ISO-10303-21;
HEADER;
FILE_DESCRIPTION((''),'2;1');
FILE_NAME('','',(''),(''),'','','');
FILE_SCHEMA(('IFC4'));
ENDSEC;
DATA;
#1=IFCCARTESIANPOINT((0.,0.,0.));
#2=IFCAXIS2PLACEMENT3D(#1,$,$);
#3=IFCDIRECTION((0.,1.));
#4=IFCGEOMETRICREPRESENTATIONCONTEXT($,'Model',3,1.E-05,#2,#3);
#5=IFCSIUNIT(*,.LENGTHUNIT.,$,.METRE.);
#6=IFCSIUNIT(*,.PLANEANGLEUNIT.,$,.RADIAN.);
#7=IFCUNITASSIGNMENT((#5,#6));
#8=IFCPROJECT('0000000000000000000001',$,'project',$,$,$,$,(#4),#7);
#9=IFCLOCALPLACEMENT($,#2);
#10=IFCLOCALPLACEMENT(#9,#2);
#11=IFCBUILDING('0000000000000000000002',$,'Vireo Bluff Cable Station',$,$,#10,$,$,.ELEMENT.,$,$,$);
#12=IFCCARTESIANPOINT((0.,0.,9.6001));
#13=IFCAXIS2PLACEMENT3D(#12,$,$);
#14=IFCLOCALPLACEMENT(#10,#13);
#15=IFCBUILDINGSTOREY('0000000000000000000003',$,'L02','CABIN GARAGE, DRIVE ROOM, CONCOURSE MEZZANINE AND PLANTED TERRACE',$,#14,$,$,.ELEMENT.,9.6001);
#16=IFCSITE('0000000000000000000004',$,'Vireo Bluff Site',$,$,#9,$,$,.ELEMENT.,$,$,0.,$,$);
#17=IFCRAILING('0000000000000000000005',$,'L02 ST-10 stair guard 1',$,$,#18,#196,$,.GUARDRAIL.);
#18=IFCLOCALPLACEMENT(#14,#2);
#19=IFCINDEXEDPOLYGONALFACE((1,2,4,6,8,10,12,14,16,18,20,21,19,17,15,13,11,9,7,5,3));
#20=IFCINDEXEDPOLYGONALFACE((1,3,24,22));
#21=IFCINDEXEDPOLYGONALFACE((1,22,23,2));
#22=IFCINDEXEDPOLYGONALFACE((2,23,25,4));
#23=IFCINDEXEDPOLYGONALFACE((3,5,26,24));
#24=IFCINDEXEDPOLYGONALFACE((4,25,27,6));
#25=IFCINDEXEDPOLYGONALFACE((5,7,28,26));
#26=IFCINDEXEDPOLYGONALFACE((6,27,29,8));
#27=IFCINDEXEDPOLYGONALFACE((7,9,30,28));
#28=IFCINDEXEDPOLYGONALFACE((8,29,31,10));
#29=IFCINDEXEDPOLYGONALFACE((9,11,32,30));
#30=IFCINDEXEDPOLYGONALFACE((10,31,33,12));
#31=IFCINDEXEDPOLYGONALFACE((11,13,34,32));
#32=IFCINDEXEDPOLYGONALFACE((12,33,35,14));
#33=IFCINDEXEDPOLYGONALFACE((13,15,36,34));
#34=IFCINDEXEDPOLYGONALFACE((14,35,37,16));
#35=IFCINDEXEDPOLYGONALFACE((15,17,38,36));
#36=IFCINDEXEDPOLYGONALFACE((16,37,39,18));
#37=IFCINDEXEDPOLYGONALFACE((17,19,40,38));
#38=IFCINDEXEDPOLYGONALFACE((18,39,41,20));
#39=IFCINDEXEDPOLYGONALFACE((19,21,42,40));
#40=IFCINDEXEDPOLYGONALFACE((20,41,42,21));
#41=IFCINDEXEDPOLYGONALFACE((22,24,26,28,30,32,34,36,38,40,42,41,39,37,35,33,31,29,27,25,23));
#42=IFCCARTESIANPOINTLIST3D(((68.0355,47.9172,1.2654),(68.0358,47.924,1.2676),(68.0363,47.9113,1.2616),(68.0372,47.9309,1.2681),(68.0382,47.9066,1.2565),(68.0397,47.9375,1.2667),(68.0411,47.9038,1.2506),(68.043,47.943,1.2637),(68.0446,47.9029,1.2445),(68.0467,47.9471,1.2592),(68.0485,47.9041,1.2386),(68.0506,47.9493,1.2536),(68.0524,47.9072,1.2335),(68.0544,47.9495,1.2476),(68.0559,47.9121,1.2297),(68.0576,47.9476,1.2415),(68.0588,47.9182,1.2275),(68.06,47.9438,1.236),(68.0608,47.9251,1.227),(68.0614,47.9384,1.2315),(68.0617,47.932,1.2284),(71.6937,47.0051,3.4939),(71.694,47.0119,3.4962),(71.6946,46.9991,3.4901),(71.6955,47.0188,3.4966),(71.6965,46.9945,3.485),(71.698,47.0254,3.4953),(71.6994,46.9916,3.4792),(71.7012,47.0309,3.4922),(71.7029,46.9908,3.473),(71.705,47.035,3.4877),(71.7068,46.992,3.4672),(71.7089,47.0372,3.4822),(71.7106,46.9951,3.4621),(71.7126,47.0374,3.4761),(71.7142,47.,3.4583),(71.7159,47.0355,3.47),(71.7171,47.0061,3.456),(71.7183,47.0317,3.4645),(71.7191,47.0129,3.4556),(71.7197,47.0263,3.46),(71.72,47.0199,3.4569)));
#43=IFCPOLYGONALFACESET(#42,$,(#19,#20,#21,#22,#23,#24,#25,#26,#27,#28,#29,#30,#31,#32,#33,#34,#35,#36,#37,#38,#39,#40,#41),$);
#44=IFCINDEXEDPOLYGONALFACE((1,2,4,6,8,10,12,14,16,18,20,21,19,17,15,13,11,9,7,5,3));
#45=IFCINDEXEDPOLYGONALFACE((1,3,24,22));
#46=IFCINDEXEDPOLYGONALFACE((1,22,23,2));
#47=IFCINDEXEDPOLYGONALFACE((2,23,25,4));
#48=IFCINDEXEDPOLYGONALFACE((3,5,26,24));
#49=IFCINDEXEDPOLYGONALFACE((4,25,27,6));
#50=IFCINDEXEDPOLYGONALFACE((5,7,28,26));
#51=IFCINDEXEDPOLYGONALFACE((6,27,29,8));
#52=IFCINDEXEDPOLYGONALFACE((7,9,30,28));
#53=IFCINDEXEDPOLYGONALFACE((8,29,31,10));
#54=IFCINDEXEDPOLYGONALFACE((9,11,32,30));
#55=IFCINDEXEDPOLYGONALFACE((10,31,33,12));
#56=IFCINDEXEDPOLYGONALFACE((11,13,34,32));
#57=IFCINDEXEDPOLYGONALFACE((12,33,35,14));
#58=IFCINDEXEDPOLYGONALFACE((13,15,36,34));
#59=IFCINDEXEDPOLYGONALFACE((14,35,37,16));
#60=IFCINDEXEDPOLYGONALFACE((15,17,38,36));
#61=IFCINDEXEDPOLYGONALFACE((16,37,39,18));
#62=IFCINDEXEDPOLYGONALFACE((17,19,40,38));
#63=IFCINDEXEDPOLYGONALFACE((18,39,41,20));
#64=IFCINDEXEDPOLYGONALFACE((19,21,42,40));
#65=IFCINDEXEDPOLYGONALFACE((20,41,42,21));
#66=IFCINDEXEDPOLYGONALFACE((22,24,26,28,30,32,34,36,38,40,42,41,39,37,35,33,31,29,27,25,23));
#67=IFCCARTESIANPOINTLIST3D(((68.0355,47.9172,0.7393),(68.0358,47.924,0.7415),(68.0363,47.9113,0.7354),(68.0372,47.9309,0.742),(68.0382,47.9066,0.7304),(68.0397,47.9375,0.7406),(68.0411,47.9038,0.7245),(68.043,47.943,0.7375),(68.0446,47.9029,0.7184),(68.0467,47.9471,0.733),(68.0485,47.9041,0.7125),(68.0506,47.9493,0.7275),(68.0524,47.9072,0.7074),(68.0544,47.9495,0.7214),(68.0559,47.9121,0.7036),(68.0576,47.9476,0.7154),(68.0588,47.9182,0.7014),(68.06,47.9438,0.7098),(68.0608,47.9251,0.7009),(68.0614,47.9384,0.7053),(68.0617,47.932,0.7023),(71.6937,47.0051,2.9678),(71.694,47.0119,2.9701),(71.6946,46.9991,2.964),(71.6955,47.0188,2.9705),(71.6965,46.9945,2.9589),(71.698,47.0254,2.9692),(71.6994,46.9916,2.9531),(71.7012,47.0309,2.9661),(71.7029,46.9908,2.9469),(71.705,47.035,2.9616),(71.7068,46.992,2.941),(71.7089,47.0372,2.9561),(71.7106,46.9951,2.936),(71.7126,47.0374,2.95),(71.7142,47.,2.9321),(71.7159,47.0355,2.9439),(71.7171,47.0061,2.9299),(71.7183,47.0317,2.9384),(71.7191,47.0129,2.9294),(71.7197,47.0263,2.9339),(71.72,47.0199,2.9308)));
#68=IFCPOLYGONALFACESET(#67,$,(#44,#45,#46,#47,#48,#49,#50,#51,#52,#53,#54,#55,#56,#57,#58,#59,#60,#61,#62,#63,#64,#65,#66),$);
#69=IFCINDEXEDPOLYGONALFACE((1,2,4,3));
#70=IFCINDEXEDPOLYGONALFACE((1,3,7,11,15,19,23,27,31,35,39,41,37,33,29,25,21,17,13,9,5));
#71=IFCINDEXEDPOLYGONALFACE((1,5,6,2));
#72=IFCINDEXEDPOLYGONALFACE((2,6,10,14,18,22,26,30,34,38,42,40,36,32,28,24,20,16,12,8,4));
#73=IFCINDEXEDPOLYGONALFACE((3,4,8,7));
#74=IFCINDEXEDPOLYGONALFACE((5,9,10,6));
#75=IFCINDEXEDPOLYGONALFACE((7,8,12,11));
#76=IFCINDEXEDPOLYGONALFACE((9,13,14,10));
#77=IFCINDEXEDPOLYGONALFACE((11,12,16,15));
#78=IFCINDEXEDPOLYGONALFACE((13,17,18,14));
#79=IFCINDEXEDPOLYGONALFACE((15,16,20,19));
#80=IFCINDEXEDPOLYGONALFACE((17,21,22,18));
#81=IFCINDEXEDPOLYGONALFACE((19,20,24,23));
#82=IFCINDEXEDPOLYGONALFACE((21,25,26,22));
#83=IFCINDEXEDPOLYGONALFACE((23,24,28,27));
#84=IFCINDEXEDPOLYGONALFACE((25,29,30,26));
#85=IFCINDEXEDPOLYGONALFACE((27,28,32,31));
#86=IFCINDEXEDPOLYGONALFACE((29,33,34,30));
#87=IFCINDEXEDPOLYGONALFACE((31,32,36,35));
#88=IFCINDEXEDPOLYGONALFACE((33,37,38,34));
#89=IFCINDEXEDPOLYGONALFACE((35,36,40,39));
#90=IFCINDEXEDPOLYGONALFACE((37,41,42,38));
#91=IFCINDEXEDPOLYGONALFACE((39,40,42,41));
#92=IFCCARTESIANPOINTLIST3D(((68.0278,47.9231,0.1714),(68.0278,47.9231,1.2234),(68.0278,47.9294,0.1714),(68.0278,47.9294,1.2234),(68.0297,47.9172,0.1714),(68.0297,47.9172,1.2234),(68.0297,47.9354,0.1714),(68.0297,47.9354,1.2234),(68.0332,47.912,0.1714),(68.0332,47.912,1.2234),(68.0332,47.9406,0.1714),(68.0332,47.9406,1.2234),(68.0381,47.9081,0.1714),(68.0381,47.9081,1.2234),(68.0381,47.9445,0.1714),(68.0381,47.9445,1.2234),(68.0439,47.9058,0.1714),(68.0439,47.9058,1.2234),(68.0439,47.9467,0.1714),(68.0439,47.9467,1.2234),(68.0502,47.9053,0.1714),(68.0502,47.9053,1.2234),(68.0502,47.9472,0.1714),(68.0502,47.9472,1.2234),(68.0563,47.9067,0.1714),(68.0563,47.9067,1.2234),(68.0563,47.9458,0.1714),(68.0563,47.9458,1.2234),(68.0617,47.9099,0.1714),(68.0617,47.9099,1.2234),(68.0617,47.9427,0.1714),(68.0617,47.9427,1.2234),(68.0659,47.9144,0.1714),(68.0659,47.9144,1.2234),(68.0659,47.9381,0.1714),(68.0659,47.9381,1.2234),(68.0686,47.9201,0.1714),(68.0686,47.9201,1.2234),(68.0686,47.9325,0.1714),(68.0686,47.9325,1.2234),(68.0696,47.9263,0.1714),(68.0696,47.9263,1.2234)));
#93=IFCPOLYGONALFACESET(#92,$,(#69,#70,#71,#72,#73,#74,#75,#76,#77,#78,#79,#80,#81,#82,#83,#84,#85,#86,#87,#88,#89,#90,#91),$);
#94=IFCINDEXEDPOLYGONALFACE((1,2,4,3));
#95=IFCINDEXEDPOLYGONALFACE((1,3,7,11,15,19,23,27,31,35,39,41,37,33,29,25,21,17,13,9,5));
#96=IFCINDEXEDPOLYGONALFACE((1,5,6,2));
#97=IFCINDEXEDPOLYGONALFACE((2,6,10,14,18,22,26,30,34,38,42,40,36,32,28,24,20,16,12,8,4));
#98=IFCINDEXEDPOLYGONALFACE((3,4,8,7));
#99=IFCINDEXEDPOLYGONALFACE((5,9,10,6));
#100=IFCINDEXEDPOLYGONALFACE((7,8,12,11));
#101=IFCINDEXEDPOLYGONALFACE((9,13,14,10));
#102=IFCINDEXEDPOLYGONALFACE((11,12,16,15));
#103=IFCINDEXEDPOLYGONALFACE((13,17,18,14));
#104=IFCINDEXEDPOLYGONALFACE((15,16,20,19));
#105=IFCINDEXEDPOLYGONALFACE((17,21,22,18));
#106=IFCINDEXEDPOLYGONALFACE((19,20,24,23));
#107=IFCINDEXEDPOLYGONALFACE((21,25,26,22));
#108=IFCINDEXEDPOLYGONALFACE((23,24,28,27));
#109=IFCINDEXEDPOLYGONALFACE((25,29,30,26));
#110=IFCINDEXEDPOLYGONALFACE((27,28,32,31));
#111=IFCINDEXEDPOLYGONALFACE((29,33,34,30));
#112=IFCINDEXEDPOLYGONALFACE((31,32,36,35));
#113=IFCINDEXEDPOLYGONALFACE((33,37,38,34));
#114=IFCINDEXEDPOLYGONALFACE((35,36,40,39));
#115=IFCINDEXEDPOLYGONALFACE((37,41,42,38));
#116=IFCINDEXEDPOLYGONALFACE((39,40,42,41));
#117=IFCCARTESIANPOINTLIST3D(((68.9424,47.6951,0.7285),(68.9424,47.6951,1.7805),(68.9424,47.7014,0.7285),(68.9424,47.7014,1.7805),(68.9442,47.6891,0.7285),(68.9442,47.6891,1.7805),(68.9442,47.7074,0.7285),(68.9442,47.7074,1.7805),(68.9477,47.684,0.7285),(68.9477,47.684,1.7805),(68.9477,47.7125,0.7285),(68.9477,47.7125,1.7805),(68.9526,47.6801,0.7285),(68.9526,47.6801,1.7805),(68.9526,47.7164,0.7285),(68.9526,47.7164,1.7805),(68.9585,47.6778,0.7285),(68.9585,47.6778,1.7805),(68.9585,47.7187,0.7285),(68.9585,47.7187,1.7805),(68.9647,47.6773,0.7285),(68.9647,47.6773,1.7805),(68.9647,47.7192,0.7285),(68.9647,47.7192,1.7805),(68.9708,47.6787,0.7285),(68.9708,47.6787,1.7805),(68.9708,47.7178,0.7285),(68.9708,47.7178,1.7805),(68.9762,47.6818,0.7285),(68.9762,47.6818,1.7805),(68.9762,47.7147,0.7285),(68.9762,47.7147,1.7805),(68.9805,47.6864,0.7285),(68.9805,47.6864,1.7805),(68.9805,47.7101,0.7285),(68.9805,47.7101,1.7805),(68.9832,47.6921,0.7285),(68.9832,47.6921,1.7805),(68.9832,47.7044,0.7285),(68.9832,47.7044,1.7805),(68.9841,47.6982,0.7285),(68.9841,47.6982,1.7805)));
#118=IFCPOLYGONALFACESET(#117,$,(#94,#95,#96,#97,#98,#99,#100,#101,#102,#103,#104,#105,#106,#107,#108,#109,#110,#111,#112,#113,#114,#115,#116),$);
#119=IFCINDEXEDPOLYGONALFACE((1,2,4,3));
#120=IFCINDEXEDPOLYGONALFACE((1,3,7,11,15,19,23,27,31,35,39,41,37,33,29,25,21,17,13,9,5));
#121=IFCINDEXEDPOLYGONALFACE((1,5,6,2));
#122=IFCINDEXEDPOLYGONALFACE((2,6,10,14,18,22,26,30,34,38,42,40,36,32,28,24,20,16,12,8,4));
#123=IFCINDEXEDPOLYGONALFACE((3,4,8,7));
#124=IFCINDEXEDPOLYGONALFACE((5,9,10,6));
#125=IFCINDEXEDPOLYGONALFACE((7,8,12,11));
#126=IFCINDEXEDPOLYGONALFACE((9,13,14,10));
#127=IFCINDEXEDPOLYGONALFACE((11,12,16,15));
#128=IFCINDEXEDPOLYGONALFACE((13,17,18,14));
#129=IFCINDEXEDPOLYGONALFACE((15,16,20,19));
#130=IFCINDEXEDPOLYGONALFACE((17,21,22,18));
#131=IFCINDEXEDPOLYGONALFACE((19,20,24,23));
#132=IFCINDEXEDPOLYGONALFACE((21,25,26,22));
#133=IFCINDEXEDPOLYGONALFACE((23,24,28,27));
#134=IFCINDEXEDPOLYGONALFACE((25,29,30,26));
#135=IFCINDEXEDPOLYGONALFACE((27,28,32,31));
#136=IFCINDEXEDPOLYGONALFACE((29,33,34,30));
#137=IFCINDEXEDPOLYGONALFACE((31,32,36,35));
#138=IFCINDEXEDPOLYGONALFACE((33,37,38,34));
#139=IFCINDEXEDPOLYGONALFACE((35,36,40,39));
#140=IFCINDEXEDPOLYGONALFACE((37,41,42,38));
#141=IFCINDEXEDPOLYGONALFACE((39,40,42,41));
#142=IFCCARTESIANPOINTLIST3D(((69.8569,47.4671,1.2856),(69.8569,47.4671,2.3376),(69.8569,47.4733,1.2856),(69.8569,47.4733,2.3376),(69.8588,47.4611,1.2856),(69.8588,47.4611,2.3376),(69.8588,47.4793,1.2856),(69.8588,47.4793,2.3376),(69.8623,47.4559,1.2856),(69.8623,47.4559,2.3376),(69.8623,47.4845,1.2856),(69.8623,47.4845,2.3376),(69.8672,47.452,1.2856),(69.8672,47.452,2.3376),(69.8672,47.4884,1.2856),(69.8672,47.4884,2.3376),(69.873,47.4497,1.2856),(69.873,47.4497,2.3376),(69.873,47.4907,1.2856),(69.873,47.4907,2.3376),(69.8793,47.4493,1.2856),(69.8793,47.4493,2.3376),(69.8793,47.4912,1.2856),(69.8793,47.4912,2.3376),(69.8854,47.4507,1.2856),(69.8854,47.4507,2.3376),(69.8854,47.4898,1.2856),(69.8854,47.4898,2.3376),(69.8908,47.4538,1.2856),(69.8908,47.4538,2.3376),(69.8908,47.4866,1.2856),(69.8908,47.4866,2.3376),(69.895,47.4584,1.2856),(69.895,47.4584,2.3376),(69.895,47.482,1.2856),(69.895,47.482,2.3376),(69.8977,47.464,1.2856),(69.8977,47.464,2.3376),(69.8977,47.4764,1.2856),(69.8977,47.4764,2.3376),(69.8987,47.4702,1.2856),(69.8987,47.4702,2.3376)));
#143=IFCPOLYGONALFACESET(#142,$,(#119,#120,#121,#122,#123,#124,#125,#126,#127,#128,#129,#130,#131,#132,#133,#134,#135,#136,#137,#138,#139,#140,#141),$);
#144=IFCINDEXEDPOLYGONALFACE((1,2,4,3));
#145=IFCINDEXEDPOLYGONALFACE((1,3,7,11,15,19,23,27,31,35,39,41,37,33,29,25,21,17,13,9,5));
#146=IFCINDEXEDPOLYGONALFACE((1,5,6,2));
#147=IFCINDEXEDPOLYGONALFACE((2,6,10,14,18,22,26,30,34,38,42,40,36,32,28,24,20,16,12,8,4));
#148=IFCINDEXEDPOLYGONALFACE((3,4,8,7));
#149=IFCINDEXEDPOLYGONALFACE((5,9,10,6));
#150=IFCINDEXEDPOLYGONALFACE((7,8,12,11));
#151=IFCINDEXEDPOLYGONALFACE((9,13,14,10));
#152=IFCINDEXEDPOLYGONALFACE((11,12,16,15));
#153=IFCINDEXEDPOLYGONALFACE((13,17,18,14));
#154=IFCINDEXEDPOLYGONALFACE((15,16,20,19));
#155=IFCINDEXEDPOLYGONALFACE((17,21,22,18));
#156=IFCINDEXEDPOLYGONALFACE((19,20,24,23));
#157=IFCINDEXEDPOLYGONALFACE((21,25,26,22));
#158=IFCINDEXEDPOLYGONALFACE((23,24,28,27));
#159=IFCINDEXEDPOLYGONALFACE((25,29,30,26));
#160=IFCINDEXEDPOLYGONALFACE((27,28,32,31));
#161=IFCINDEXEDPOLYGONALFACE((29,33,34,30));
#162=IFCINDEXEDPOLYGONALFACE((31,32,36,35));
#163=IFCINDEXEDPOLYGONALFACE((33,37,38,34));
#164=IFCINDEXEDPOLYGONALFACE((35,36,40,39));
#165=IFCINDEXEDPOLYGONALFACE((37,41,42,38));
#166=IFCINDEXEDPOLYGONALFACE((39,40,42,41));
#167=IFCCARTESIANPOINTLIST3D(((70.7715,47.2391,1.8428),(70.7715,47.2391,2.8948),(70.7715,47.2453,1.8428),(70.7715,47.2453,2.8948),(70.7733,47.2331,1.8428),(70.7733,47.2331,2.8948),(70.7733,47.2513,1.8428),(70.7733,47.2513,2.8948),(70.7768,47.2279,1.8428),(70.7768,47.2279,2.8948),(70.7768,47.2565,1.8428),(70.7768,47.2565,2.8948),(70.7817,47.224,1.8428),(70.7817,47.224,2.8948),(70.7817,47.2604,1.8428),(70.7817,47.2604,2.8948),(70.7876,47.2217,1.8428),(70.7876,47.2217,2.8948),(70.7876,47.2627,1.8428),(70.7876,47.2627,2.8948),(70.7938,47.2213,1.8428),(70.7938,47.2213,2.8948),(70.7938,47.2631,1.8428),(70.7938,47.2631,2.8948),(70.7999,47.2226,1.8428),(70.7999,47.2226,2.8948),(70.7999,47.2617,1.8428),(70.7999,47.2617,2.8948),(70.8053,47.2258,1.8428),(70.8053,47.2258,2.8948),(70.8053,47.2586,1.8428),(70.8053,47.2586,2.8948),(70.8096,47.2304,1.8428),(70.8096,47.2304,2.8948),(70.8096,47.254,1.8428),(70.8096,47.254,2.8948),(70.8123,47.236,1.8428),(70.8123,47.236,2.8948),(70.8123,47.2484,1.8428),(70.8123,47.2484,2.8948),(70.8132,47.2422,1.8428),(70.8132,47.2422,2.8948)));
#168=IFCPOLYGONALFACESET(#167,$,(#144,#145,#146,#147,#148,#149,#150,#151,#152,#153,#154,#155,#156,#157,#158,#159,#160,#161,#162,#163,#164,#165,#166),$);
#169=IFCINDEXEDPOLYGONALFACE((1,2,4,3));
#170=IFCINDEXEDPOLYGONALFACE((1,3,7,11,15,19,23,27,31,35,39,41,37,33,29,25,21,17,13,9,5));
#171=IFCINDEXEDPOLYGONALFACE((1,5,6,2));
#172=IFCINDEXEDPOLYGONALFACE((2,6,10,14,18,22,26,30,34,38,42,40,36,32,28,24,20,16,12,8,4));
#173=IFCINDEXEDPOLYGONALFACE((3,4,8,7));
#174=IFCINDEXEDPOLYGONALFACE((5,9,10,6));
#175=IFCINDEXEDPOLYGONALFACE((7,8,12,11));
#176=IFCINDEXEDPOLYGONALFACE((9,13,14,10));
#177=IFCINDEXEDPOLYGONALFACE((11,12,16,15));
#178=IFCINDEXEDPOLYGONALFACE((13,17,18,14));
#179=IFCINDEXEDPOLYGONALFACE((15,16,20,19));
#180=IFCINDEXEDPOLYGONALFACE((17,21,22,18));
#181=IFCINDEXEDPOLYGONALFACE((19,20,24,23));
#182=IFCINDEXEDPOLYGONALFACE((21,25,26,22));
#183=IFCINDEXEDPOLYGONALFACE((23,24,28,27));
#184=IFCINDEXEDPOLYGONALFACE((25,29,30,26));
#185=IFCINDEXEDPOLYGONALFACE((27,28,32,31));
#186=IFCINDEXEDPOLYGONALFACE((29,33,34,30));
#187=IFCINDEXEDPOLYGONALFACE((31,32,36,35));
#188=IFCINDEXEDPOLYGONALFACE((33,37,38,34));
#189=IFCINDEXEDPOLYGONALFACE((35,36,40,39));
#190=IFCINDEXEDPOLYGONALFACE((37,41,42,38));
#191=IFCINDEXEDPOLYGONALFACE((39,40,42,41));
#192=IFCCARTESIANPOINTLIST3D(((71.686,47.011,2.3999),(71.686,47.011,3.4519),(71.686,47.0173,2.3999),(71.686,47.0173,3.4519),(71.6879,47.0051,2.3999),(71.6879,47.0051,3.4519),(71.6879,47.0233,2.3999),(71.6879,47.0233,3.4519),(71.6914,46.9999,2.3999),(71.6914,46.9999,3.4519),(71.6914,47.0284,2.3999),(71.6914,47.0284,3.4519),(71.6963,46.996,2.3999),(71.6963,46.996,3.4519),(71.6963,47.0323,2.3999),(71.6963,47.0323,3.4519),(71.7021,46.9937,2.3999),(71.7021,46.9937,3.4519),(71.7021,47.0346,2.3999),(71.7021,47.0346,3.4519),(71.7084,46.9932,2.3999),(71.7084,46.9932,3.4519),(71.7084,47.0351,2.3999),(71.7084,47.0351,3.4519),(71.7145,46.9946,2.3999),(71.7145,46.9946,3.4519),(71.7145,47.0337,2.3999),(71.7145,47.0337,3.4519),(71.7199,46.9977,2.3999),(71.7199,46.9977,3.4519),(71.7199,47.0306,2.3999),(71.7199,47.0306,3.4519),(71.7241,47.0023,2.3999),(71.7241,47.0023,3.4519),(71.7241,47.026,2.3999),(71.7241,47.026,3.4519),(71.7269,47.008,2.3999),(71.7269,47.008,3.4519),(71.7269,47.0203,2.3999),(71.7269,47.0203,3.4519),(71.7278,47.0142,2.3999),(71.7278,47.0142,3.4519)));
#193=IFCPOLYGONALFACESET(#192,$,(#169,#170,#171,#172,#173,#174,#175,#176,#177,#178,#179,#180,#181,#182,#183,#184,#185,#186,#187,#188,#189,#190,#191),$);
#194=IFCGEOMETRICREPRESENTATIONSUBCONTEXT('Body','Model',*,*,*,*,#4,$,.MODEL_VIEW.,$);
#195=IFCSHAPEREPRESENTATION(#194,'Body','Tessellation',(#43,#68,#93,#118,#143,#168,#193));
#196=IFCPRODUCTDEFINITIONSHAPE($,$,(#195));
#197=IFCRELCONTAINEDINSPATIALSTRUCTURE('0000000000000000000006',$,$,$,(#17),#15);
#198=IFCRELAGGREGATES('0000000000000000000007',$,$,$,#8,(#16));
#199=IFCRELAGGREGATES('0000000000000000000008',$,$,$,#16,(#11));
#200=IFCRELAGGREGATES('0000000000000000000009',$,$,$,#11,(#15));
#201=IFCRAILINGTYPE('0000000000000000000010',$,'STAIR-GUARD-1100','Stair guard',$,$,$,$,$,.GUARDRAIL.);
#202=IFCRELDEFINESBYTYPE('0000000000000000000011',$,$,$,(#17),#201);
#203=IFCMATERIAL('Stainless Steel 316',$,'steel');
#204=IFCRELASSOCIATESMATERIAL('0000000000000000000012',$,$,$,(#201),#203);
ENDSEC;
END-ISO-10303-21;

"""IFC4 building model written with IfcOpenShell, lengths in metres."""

from ifc_helpers import new_model, si_unit, direction, frame, origin, origin_2d, place, context, subcontext, project, spatial, circle, extrude, material, type_object, element, save


model = new_model("IFC4")

# Units and contexts
model_context = context("Model", 3, precision=1e-05, world=origin(), true_north=direction((0.0, 1.0)))
body_context = subcontext(model_context, "Body", "Model", "MODEL_VIEW")
ifc_project = project(units=[si_unit("LENGTHUNIT", "METRE"), si_unit("PLANEANGLEUNIT", "RADIAN")], contexts=[model_context])

# Site, building, storey
site_placement = place(None, origin())
site = spatial("IfcSite", under=ifc_project, at=site_placement, Name="Vireo Bluff Site", CompositionType="ELEMENT", RefElevation=0.0)
building_placement = place(site_placement, origin())
building = spatial("IfcBuilding", under=site, at=building_placement, Name="Vireo Bluff Cable Station", CompositionType="ELEMENT")
storey_placement = place(building_placement, frame((0.0, 0.0, 9.6001)))
storey = spatial("IfcBuildingStorey", under=building, at=storey_placement, Name="L02", Description="CABIN GARAGE, DRIVE ROOM, CONCOURSE MEZZANINE AND PLANTED TERRACE", CompositionType="ELEMENT", Elevation=9.6001)

# Railing
ifc_material_1 = material(Name="Stainless Steel 316", Category="steel")
railing_type_1 = type_object("IfcRailingType", Name="STAIR-GUARD-1100", Description="Stair guard", PredefinedType="GUARDRAIL", material=ifc_material_1)
railing_1_placement = place(storey_placement, frame((68.0486, 47.9263, 0.1714)))
element("IfcRailing", 1, at=railing_1_placement, inside=storey, type_object=railing_type_1, Name="L02 ST-10 stair guard 1", PredefinedType="GUARDRAIL", context=body_context, shape_type="SweptSolid", body=[
    extrude(circle(Radius=0.0239, at=origin_2d()), frame((0.0, 0.0, 1.0762), z_axis=(0.835287, -0.208264, 0.508843), x_axis=(0.241926, 0.970295, 0.0)), (0.0, 0.0, 1.0), 4.3796),
    extrude(circle(Radius=0.0239, at=origin_2d()), frame((0.0, 0.0, 0.55), z_axis=(0.835287, -0.208264, 0.508843), x_axis=(0.241926, 0.970295, 0.0)), (0.0, 0.0, 1.0), 4.3796),
    extrude(circle(Radius=0.021, at=origin_2d()), origin(), (0.0, 0.0, 1.0), 1.052),
    extrude(circle(Radius=0.021, at=origin_2d()), frame((0.9146, -0.228, 0.5571)), (0.0, 0.0, 1.0), 1.052),
    extrude(circle(Radius=0.021, at=origin_2d()), frame((1.8291, -0.4561, 1.1143)), (0.0, 0.0, 1.0), 1.052),
    extrude(circle(Radius=0.021, at=origin_2d()), frame((2.7437, -0.6841, 1.6714)), (0.0, 0.0, 1.0), 1.052),
    extrude(circle(Radius=0.021, at=origin_2d()), frame((3.6582, -0.9121, 2.2285)), (0.0, 0.0, 1.0), 1.052),
])

save(model, "model.ifc")
